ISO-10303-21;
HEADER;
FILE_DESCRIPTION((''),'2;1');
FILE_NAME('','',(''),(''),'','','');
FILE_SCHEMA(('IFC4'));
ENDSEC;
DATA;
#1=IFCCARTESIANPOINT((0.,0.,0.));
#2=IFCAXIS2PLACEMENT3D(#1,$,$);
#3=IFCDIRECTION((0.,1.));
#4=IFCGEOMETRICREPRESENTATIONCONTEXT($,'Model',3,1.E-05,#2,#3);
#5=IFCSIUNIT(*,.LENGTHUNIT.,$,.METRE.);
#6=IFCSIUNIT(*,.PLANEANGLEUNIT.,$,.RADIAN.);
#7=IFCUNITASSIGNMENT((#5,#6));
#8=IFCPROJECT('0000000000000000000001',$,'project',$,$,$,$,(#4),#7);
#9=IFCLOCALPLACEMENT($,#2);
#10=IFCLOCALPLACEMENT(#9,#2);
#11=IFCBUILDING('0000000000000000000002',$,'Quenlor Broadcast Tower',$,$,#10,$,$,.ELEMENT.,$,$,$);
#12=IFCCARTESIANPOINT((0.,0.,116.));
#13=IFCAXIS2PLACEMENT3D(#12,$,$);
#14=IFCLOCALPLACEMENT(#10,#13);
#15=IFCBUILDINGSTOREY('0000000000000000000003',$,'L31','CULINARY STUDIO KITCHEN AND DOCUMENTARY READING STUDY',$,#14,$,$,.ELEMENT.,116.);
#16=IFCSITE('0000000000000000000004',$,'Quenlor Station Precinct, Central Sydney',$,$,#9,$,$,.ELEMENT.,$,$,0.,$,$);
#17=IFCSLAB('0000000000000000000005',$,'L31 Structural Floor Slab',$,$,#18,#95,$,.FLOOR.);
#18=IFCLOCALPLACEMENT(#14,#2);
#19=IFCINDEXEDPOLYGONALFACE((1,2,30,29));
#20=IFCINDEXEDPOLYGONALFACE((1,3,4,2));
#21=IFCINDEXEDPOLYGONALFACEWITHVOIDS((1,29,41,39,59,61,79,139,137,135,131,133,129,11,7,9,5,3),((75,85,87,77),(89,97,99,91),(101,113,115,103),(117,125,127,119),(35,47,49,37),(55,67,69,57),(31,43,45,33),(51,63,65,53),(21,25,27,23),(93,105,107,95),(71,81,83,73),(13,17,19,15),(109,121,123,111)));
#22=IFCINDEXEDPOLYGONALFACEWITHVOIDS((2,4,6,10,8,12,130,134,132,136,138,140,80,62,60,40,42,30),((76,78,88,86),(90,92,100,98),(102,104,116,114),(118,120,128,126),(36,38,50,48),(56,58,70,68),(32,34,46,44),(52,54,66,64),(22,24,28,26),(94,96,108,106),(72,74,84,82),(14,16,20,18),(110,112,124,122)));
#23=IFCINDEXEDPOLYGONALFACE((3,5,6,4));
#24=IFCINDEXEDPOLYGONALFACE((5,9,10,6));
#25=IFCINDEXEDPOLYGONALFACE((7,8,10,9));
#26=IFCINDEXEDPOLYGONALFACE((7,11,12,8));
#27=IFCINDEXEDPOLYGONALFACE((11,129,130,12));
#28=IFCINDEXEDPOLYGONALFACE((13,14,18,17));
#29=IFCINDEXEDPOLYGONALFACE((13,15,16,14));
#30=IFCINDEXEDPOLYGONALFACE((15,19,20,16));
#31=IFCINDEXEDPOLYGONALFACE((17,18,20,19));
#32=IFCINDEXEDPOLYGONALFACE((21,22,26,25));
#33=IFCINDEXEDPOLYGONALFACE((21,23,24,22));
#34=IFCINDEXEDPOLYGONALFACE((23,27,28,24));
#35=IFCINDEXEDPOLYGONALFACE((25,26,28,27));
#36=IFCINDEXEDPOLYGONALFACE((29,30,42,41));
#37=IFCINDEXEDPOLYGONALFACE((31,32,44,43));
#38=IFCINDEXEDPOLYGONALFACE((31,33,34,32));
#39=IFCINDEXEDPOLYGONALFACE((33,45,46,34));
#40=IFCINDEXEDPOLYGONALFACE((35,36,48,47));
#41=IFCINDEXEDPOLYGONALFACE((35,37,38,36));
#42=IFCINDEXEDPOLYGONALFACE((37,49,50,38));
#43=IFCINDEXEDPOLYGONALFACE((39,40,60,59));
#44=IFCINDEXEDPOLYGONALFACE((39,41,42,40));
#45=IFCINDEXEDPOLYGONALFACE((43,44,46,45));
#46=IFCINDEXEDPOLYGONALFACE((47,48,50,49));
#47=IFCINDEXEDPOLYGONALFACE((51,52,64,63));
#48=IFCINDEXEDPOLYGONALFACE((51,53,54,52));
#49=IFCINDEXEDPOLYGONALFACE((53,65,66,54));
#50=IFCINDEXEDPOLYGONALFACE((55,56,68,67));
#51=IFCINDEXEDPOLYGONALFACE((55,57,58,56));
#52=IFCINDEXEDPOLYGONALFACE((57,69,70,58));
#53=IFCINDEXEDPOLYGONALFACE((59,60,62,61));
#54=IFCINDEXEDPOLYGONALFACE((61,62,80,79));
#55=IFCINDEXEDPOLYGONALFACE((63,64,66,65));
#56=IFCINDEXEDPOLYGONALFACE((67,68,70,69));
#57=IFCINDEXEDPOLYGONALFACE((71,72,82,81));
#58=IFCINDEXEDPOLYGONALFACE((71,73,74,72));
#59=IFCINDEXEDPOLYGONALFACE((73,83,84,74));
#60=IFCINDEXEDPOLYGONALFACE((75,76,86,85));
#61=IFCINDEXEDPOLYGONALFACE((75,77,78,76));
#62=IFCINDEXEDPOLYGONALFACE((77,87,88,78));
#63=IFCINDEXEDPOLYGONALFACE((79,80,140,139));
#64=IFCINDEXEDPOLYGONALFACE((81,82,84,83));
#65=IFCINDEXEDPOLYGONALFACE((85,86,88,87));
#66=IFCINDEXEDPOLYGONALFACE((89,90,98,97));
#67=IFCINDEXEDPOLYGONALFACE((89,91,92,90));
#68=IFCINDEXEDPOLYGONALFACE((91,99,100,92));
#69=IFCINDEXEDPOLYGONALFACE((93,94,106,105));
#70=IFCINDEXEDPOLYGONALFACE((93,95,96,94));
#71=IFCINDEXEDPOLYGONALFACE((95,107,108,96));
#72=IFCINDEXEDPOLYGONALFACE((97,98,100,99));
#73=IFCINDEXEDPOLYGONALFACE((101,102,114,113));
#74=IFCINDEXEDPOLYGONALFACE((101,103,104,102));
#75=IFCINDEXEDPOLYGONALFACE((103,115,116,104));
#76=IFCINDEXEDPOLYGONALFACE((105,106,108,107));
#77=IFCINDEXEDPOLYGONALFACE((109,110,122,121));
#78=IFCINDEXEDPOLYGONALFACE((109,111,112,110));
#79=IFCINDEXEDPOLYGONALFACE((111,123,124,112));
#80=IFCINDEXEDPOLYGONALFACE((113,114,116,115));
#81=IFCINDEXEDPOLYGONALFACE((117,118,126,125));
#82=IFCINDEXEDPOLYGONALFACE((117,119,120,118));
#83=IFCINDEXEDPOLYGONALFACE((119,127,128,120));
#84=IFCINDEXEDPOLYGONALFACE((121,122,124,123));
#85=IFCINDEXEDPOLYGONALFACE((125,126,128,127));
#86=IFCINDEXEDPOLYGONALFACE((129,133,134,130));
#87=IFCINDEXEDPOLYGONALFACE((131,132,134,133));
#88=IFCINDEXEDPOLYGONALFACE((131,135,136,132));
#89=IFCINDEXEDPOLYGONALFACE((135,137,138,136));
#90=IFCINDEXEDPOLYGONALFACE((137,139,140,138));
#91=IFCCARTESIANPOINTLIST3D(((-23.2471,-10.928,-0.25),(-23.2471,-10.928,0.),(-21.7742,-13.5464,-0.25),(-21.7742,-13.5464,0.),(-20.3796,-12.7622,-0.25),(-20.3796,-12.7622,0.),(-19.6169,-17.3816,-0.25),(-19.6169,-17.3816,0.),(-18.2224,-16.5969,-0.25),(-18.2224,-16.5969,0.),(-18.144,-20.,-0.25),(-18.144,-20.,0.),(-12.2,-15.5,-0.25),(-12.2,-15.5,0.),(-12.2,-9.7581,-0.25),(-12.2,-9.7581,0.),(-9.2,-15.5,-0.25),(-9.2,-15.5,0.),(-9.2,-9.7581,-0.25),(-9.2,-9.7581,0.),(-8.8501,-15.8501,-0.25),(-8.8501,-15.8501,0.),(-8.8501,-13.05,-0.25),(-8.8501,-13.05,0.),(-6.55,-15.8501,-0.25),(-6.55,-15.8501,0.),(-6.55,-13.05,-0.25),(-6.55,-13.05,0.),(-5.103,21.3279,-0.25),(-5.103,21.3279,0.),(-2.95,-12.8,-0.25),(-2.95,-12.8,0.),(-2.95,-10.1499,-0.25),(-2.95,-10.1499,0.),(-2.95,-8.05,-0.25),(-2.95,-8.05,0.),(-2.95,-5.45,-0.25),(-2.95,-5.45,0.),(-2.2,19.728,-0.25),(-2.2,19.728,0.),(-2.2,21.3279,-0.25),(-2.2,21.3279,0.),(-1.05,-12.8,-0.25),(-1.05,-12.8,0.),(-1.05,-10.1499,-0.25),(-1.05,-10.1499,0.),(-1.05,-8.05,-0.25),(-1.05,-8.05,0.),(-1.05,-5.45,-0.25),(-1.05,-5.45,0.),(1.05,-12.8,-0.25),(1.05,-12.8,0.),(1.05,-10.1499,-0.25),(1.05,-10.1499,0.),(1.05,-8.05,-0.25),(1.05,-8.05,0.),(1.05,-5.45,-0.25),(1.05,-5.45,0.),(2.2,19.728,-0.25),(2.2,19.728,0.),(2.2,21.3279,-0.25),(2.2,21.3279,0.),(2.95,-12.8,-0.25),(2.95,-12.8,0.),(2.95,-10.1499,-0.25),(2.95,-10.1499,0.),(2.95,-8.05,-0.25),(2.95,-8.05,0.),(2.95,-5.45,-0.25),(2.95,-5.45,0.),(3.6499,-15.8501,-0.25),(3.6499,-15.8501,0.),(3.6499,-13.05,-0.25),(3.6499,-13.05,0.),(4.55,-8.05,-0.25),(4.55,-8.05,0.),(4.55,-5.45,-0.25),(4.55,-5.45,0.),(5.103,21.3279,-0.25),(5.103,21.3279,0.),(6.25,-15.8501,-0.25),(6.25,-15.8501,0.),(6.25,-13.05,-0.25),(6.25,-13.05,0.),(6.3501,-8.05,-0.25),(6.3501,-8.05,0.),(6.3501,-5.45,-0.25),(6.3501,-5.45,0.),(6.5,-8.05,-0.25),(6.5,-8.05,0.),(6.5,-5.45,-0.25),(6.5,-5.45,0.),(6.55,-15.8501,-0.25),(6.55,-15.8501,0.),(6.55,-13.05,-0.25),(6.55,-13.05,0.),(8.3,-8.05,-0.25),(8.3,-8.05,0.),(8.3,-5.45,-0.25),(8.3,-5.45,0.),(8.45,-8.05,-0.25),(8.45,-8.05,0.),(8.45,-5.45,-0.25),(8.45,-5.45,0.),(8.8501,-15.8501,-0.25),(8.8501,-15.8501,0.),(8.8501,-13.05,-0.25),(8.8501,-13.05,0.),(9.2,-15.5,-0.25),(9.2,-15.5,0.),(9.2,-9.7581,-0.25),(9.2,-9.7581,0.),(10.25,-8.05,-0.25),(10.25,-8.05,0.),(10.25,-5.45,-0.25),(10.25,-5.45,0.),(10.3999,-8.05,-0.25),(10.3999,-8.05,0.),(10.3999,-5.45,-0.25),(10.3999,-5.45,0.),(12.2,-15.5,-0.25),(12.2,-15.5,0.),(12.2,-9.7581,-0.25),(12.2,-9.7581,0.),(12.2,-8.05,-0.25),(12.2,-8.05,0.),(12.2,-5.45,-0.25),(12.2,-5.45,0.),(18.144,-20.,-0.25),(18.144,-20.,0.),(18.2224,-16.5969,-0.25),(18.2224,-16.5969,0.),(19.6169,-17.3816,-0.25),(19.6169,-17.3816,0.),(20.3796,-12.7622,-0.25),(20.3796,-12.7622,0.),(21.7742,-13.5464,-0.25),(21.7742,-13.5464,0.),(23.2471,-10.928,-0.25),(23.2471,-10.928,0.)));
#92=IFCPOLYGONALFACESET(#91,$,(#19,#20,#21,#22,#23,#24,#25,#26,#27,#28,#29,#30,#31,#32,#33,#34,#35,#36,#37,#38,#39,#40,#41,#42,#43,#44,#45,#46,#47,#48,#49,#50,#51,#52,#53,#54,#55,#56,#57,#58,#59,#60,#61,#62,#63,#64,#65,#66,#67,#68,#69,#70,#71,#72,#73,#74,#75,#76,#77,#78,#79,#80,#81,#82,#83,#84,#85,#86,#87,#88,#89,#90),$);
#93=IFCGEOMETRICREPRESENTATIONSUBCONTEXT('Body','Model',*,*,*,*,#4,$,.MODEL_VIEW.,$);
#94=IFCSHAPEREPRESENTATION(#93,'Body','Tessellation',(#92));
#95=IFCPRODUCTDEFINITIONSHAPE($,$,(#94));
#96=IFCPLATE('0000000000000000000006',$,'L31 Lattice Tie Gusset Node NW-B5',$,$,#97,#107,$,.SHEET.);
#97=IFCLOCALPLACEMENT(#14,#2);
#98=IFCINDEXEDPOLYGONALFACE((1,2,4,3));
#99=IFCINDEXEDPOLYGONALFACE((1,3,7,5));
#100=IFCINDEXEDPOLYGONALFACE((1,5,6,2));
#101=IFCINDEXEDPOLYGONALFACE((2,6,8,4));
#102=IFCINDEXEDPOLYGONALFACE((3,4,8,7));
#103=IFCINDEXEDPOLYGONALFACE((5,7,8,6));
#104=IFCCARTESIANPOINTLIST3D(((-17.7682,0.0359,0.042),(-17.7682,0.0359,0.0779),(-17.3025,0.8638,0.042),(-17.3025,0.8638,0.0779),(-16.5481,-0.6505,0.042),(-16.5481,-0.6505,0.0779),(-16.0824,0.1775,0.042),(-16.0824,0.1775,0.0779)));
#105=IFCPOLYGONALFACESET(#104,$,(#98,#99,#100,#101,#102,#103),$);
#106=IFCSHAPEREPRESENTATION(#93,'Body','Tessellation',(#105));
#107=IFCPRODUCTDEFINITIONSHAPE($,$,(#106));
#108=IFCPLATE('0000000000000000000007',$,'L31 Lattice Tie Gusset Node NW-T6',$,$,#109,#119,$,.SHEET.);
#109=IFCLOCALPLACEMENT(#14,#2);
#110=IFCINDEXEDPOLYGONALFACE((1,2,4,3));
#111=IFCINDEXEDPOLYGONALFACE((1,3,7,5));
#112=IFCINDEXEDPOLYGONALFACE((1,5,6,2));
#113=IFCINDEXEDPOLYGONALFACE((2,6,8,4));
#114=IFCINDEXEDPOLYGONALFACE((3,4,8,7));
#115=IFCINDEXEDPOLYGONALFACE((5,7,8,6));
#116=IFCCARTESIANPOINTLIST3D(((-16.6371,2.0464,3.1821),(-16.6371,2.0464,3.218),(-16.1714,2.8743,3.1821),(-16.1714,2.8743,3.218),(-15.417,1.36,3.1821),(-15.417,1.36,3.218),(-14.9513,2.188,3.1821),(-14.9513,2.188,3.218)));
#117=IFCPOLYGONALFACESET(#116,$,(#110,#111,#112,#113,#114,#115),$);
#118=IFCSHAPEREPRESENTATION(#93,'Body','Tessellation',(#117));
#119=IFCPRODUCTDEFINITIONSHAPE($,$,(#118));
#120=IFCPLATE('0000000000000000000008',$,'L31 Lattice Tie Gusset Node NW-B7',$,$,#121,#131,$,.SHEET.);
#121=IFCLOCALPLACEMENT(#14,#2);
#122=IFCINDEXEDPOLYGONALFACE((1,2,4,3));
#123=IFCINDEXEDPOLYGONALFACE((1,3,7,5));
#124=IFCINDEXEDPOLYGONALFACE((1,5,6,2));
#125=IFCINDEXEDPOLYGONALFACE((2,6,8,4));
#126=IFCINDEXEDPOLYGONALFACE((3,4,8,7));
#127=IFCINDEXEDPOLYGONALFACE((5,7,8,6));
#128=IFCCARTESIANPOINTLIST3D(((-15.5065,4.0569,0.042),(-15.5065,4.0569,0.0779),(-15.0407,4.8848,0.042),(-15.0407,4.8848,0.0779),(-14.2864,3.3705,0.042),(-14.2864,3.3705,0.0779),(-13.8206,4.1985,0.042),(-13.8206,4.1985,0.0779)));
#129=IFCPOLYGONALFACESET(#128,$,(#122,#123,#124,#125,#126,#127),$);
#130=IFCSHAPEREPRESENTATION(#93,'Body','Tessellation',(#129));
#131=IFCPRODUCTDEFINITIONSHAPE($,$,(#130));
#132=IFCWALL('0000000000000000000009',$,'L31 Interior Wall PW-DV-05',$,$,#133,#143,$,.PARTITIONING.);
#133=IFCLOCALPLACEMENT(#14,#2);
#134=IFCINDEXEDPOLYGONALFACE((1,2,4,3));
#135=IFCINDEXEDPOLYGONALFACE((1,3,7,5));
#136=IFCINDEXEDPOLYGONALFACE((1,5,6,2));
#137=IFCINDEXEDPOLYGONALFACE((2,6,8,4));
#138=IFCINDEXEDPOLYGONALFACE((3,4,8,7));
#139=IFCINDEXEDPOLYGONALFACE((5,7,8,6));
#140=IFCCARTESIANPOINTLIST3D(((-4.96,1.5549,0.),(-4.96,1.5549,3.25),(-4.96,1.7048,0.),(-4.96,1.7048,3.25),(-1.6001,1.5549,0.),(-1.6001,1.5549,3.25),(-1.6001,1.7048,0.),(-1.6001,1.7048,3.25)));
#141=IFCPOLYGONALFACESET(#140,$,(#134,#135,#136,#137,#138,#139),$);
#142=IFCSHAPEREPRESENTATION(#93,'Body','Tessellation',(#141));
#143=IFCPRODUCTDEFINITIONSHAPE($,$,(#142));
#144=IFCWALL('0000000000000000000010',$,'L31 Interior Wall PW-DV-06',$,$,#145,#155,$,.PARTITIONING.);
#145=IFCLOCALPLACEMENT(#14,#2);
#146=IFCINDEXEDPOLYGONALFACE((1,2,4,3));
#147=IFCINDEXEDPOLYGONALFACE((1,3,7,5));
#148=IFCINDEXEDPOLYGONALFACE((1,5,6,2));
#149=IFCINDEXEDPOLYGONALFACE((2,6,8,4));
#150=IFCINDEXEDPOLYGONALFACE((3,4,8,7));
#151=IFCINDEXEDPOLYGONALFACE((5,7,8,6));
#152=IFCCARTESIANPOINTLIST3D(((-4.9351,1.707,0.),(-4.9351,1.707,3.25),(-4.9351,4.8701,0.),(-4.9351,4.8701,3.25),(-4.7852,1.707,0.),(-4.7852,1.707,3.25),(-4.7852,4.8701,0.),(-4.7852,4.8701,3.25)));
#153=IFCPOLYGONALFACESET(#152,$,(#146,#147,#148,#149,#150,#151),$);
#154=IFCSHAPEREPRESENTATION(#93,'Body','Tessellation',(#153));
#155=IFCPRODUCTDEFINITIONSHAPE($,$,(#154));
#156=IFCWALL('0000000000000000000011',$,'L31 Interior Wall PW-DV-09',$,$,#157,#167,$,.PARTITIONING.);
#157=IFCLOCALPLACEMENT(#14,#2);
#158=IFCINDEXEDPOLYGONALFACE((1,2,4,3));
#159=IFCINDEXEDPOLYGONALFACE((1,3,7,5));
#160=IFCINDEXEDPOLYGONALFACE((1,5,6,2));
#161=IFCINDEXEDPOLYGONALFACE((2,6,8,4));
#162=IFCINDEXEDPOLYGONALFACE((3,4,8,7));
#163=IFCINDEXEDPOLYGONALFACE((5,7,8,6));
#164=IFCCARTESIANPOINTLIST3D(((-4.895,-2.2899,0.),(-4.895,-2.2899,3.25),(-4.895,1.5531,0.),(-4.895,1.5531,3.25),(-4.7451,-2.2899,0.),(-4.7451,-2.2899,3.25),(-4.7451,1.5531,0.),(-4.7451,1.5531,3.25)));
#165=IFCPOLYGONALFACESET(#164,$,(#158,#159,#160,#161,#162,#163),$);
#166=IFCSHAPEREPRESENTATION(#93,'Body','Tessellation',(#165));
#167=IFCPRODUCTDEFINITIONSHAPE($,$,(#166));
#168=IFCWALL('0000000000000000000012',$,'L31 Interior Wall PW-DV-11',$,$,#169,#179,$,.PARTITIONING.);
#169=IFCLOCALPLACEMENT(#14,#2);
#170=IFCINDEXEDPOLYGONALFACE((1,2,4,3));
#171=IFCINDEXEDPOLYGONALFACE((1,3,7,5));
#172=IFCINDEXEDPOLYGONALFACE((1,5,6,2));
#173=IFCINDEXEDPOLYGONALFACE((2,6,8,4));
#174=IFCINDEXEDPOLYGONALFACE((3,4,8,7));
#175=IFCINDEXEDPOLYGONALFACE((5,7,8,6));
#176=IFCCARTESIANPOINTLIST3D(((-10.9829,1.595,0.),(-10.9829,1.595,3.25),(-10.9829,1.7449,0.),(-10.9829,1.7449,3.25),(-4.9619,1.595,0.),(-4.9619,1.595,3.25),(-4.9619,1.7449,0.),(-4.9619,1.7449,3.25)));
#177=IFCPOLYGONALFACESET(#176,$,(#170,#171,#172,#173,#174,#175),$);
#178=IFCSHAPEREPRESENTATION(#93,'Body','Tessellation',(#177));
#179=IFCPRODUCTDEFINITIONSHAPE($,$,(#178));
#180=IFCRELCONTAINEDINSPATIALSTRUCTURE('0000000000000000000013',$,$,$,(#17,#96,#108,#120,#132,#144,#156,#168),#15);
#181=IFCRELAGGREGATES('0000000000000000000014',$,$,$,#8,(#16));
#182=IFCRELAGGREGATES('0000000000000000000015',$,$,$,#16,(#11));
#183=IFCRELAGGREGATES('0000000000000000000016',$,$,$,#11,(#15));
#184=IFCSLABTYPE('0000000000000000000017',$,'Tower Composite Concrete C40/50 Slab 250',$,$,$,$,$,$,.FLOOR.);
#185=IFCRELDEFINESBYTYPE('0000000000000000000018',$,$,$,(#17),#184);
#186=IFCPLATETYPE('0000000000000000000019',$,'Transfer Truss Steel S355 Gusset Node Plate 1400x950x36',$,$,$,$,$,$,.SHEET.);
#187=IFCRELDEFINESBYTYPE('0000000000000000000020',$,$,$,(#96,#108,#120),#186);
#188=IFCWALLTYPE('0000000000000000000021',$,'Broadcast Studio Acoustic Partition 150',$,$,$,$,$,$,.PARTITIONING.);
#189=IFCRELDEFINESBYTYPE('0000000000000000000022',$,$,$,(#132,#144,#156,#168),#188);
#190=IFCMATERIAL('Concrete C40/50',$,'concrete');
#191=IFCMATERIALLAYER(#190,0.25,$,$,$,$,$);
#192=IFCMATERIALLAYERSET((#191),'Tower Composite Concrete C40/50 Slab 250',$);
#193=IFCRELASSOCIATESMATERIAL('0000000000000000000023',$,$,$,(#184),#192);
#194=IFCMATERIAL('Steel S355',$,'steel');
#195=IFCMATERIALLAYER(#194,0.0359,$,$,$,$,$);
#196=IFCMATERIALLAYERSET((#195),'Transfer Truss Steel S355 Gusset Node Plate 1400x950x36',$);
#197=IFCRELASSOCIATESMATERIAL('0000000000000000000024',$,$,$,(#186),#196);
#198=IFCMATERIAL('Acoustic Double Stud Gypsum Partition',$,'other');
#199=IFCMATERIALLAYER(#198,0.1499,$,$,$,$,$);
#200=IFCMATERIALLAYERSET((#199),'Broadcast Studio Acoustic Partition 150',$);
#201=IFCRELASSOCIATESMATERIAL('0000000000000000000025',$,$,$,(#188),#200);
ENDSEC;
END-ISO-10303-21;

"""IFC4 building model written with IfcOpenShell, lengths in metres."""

from ifc_helpers import new_model, si_unit, direction, frame, frame_2d, origin, origin_2d, place, context, subcontext, project, spatial, polyline, rectangle, outline, extrude, material, layer, layer_set, type_object, element, save


model = new_model("IFC4")

# Units and contexts
model_context = context("Model", 3, precision=1e-05, world=origin(), true_north=direction((0.0, 1.0)))
body_context = subcontext(model_context, "Body", "Model", "MODEL_VIEW")
ifc_project = project(units=[si_unit("LENGTHUNIT", "METRE"), si_unit("PLANEANGLEUNIT", "RADIAN")], contexts=[model_context])

# Site, building, storey
site_placement = place(None, origin())
site = spatial("IfcSite", under=ifc_project, at=site_placement, Name="Quenlor Station Precinct, Central Sydney", CompositionType="ELEMENT", RefElevation=0.0)
building_placement = place(site_placement, origin())
building = spatial("IfcBuilding", under=site, at=building_placement, Name="Quenlor Broadcast Tower", CompositionType="ELEMENT")
storey_placement = place(building_placement, frame((0.0, 0.0, 116.0)))
storey = spatial("IfcBuildingStorey", under=building, at=storey_placement, Name="L31", Description="CULINARY STUDIO KITCHEN AND DOCUMENTARY READING STUDY", CompositionType="ELEMENT", Elevation=116.0)

# Slab
ifc_material_1 = material(Name="Concrete C40/50", Category="concrete")
ifc_layer_1 = layer(ifc_material_1, 0.25)
ifc_layer_set_1 = layer_set([ifc_layer_1], Name="Tower Composite Concrete C40/50 Slab 250")
slab_type = type_object("IfcSlabType", Name="Tower Composite Concrete C40/50 Slab 250", PredefinedType="FLOOR", material=ifc_layer_set_1)
slab_placement = place(storey_placement, frame((0.0, 0.0, -0.25)))
element("IfcSlab", 1, at=slab_placement, inside=storey, type_object=slab_type, Name="L31 Structural Floor Slab", PredefinedType="FLOOR", context=body_context, shape_type="SweptSolid", body=[
    extrude(outline(polyline([(18.144, -20.0), (19.6169, -17.3816), (18.2224, -16.5969), (20.3796, -12.7622), (21.7742, -13.5464), (23.2471, -10.928), (5.103, 21.3279), (2.2, 21.3279), (2.2, 19.728), (-2.2, 19.728), (-2.2, 21.3279), (-5.103, 21.3279), (-23.2471, -10.928), (-21.7742, -13.5464), (-20.3796, -12.7622), (-18.2224, -16.5969), (-19.6169, -17.3816), (-18.144, -20.0), (18.144, -20.0)]), holes=[polyline([(-12.2, -9.7581), (-12.2, -15.5), (-9.2, -15.5), (-9.2, -9.7581), (-12.2, -9.7581)]), polyline([(9.2, -9.7581), (9.2, -15.5), (12.2, -15.5), (12.2, -9.7581), (9.2, -9.7581)]), polyline([(-2.95, -8.05), (-1.05, -8.05), (-1.05, -5.45), (-2.95, -5.45), (-2.95, -8.05)]), polyline([(1.05, -8.05), (2.95, -8.05), (2.95, -5.45), (1.05, -5.45), (1.05, -8.05)]), polyline([(-2.95, -12.8), (-1.05, -12.8), (-1.05, -10.1499), (-2.95, -10.1499), (-2.95, -12.8)]), polyline([(1.05, -12.8), (2.95, -12.8), (2.95, -10.1499), (1.05, -10.1499), (1.05, -12.8)]), polyline([(4.55, -8.05), (6.3501, -8.05), (6.3501, -5.45), (4.55, -5.45), (4.55, -8.05)]), polyline([(6.5, -8.05), (8.3, -8.05), (8.3, -5.45), (6.5, -5.45), (6.5, -8.05)]), polyline([(8.45, -8.05), (10.25, -8.05), (10.25, -5.45), (8.45, -5.45), (8.45, -8.05)]), polyline([(10.3999, -8.05), (12.2, -8.05), (12.2, -5.45), (10.3999, -5.45), (10.3999, -8.05)]), polyline([(-8.8501, -15.8501), (-6.55, -15.8501), (-6.55, -13.05), (-8.8501, -13.05), (-8.8501, -15.8501)]), polyline([(6.55, -15.8501), (8.8501, -15.8501), (8.8501, -13.05), (6.55, -13.05), (6.55, -15.8501)]), polyline([(3.6499, -15.8501), (6.25, -15.8501), (6.25, -13.05), (3.6499, -13.05), (3.6499, -15.8501)])]), origin(), (0.0, 0.0, 1.0), 0.25),
])

# Plates
ifc_material_2 = material(Name="Steel S355", Category="steel")
ifc_layer_2 = layer(ifc_material_2, 0.0359)
ifc_layer_set_2 = layer_set([ifc_layer_2], Name="Transfer Truss Steel S355 Gusset Node Plate 1400x950x36")
plate_type_1 = type_object("IfcPlateType", Name="Transfer Truss Steel S355 Gusset Node Plate 1400x950x36", PredefinedType="SHEET", material=ifc_layer_set_2)
for number, where, z_axis, x_axis, name in (
    (2, (-16.9253, 0.1067, 0.042), (0.0, 0.0, 1.0), (-0.871556, 0.490295, 0.0), "L31 Lattice Tie Gusset Node NW-B5"),
    (3, (-15.7942, 2.1172, 3.1821), (0.0, 0.0, 1.0), (-0.871556, 0.490295, 0.0), "L31 Lattice Tie Gusset Node NW-T6"),
    (4, (-14.6636, 4.1277, 0.042), (0.0, 0.0, 1.0), (-0.871556, 0.490295, 0.0), "L31 Lattice Tie Gusset Node NW-B7"),
):
    element("IfcPlate", number, at=place(storey_placement, frame(where, z_axis=z_axis, x_axis=x_axis)), inside=storey, type_object=plate_type_1, Name=name, PredefinedType="SHEET", context=body_context, shape_type="SweptSolid", body=[
        extrude(rectangle(XDim=1.3999, YDim=0.95, at=origin_2d()), origin(), (0.0, 0.0, 1.0), 0.0359),
    ])

# Walls
ifc_material_3 = material(Name="Acoustic Double Stud Gypsum Partition", Category="other")
ifc_layer_3 = layer(ifc_material_3, 0.1499)
ifc_layer_set_3 = layer_set([ifc_layer_3], Name="Broadcast Studio Acoustic Partition 150")
wall_type_1 = type_object("IfcWallType", Name="Broadcast Studio Acoustic Partition 150", PredefinedType="PARTITIONING", material=ifc_layer_set_3)
wall_1_placement = place(storey_placement, frame((-1.6001, 1.6299, 0.0), z_axis=(0.0, 0.0, 1.0), x_axis=(-1.0, 0.0, 0.0)))
element("IfcWall", 5, at=wall_1_placement, inside=storey, type_object=wall_type_1, Name="L31 Interior Wall PW-DV-05", PredefinedType="PARTITIONING", context=body_context, shape_type="SweptSolid", body=[
    extrude(rectangle(XDim=3.3599, YDim=0.1499, at=frame_2d((1.6799, 0.0))), origin(), (0.0, 0.0, 1.0), 3.25),
])
wall_2_placement = place(storey_placement, frame((-4.8601, 1.707, 0.0), z_axis=(0.0, 0.0, 1.0), x_axis=(0.0, 1.0, 0.0)))
element("IfcWall", 6, at=wall_2_placement, inside=storey, type_object=wall_type_1, Name="L31 Interior Wall PW-DV-06", PredefinedType="PARTITIONING", context=body_context, shape_type="SweptSolid", body=[
    extrude(rectangle(XDim=3.1631, YDim=0.1499, at=frame_2d((1.5815, 0.0))), origin(), (0.0, 0.0, 1.0), 3.25),
])
wall_3_placement = place(storey_placement, frame((-4.8201, 1.553, 0.0), z_axis=(0.0, 0.0, 1.0), x_axis=(0.0, -1.0, 0.0)))
element("IfcWall", 7, at=wall_3_placement, inside=storey, type_object=wall_type_1, Name="L31 Interior Wall PW-DV-09", PredefinedType="PARTITIONING", context=body_context, shape_type="SweptSolid", body=[
    extrude(rectangle(XDim=3.843, YDim=0.1499, at=frame_2d((1.9214, 0.0))), origin(), (0.0, 0.0, 1.0), 3.25),
])
wall_4_placement = place(storey_placement, frame((-10.9829, 1.6699, 0.0), z_axis=(0.0, 0.0, 1.0), x_axis=(1.0, 0.0, 0.0)))
element("IfcWall", 8, at=wall_4_placement, inside=storey, type_object=wall_type_1, Name="L31 Interior Wall PW-DV-11", PredefinedType="PARTITIONING", context=body_context, shape_type="SweptSolid", body=[
    extrude(rectangle(XDim=6.021, YDim=0.1499, at=frame_2d((3.0105, 0.0))), origin(), (0.0, 0.0, 1.0), 3.25),
])

save(model, "model.ifc")
